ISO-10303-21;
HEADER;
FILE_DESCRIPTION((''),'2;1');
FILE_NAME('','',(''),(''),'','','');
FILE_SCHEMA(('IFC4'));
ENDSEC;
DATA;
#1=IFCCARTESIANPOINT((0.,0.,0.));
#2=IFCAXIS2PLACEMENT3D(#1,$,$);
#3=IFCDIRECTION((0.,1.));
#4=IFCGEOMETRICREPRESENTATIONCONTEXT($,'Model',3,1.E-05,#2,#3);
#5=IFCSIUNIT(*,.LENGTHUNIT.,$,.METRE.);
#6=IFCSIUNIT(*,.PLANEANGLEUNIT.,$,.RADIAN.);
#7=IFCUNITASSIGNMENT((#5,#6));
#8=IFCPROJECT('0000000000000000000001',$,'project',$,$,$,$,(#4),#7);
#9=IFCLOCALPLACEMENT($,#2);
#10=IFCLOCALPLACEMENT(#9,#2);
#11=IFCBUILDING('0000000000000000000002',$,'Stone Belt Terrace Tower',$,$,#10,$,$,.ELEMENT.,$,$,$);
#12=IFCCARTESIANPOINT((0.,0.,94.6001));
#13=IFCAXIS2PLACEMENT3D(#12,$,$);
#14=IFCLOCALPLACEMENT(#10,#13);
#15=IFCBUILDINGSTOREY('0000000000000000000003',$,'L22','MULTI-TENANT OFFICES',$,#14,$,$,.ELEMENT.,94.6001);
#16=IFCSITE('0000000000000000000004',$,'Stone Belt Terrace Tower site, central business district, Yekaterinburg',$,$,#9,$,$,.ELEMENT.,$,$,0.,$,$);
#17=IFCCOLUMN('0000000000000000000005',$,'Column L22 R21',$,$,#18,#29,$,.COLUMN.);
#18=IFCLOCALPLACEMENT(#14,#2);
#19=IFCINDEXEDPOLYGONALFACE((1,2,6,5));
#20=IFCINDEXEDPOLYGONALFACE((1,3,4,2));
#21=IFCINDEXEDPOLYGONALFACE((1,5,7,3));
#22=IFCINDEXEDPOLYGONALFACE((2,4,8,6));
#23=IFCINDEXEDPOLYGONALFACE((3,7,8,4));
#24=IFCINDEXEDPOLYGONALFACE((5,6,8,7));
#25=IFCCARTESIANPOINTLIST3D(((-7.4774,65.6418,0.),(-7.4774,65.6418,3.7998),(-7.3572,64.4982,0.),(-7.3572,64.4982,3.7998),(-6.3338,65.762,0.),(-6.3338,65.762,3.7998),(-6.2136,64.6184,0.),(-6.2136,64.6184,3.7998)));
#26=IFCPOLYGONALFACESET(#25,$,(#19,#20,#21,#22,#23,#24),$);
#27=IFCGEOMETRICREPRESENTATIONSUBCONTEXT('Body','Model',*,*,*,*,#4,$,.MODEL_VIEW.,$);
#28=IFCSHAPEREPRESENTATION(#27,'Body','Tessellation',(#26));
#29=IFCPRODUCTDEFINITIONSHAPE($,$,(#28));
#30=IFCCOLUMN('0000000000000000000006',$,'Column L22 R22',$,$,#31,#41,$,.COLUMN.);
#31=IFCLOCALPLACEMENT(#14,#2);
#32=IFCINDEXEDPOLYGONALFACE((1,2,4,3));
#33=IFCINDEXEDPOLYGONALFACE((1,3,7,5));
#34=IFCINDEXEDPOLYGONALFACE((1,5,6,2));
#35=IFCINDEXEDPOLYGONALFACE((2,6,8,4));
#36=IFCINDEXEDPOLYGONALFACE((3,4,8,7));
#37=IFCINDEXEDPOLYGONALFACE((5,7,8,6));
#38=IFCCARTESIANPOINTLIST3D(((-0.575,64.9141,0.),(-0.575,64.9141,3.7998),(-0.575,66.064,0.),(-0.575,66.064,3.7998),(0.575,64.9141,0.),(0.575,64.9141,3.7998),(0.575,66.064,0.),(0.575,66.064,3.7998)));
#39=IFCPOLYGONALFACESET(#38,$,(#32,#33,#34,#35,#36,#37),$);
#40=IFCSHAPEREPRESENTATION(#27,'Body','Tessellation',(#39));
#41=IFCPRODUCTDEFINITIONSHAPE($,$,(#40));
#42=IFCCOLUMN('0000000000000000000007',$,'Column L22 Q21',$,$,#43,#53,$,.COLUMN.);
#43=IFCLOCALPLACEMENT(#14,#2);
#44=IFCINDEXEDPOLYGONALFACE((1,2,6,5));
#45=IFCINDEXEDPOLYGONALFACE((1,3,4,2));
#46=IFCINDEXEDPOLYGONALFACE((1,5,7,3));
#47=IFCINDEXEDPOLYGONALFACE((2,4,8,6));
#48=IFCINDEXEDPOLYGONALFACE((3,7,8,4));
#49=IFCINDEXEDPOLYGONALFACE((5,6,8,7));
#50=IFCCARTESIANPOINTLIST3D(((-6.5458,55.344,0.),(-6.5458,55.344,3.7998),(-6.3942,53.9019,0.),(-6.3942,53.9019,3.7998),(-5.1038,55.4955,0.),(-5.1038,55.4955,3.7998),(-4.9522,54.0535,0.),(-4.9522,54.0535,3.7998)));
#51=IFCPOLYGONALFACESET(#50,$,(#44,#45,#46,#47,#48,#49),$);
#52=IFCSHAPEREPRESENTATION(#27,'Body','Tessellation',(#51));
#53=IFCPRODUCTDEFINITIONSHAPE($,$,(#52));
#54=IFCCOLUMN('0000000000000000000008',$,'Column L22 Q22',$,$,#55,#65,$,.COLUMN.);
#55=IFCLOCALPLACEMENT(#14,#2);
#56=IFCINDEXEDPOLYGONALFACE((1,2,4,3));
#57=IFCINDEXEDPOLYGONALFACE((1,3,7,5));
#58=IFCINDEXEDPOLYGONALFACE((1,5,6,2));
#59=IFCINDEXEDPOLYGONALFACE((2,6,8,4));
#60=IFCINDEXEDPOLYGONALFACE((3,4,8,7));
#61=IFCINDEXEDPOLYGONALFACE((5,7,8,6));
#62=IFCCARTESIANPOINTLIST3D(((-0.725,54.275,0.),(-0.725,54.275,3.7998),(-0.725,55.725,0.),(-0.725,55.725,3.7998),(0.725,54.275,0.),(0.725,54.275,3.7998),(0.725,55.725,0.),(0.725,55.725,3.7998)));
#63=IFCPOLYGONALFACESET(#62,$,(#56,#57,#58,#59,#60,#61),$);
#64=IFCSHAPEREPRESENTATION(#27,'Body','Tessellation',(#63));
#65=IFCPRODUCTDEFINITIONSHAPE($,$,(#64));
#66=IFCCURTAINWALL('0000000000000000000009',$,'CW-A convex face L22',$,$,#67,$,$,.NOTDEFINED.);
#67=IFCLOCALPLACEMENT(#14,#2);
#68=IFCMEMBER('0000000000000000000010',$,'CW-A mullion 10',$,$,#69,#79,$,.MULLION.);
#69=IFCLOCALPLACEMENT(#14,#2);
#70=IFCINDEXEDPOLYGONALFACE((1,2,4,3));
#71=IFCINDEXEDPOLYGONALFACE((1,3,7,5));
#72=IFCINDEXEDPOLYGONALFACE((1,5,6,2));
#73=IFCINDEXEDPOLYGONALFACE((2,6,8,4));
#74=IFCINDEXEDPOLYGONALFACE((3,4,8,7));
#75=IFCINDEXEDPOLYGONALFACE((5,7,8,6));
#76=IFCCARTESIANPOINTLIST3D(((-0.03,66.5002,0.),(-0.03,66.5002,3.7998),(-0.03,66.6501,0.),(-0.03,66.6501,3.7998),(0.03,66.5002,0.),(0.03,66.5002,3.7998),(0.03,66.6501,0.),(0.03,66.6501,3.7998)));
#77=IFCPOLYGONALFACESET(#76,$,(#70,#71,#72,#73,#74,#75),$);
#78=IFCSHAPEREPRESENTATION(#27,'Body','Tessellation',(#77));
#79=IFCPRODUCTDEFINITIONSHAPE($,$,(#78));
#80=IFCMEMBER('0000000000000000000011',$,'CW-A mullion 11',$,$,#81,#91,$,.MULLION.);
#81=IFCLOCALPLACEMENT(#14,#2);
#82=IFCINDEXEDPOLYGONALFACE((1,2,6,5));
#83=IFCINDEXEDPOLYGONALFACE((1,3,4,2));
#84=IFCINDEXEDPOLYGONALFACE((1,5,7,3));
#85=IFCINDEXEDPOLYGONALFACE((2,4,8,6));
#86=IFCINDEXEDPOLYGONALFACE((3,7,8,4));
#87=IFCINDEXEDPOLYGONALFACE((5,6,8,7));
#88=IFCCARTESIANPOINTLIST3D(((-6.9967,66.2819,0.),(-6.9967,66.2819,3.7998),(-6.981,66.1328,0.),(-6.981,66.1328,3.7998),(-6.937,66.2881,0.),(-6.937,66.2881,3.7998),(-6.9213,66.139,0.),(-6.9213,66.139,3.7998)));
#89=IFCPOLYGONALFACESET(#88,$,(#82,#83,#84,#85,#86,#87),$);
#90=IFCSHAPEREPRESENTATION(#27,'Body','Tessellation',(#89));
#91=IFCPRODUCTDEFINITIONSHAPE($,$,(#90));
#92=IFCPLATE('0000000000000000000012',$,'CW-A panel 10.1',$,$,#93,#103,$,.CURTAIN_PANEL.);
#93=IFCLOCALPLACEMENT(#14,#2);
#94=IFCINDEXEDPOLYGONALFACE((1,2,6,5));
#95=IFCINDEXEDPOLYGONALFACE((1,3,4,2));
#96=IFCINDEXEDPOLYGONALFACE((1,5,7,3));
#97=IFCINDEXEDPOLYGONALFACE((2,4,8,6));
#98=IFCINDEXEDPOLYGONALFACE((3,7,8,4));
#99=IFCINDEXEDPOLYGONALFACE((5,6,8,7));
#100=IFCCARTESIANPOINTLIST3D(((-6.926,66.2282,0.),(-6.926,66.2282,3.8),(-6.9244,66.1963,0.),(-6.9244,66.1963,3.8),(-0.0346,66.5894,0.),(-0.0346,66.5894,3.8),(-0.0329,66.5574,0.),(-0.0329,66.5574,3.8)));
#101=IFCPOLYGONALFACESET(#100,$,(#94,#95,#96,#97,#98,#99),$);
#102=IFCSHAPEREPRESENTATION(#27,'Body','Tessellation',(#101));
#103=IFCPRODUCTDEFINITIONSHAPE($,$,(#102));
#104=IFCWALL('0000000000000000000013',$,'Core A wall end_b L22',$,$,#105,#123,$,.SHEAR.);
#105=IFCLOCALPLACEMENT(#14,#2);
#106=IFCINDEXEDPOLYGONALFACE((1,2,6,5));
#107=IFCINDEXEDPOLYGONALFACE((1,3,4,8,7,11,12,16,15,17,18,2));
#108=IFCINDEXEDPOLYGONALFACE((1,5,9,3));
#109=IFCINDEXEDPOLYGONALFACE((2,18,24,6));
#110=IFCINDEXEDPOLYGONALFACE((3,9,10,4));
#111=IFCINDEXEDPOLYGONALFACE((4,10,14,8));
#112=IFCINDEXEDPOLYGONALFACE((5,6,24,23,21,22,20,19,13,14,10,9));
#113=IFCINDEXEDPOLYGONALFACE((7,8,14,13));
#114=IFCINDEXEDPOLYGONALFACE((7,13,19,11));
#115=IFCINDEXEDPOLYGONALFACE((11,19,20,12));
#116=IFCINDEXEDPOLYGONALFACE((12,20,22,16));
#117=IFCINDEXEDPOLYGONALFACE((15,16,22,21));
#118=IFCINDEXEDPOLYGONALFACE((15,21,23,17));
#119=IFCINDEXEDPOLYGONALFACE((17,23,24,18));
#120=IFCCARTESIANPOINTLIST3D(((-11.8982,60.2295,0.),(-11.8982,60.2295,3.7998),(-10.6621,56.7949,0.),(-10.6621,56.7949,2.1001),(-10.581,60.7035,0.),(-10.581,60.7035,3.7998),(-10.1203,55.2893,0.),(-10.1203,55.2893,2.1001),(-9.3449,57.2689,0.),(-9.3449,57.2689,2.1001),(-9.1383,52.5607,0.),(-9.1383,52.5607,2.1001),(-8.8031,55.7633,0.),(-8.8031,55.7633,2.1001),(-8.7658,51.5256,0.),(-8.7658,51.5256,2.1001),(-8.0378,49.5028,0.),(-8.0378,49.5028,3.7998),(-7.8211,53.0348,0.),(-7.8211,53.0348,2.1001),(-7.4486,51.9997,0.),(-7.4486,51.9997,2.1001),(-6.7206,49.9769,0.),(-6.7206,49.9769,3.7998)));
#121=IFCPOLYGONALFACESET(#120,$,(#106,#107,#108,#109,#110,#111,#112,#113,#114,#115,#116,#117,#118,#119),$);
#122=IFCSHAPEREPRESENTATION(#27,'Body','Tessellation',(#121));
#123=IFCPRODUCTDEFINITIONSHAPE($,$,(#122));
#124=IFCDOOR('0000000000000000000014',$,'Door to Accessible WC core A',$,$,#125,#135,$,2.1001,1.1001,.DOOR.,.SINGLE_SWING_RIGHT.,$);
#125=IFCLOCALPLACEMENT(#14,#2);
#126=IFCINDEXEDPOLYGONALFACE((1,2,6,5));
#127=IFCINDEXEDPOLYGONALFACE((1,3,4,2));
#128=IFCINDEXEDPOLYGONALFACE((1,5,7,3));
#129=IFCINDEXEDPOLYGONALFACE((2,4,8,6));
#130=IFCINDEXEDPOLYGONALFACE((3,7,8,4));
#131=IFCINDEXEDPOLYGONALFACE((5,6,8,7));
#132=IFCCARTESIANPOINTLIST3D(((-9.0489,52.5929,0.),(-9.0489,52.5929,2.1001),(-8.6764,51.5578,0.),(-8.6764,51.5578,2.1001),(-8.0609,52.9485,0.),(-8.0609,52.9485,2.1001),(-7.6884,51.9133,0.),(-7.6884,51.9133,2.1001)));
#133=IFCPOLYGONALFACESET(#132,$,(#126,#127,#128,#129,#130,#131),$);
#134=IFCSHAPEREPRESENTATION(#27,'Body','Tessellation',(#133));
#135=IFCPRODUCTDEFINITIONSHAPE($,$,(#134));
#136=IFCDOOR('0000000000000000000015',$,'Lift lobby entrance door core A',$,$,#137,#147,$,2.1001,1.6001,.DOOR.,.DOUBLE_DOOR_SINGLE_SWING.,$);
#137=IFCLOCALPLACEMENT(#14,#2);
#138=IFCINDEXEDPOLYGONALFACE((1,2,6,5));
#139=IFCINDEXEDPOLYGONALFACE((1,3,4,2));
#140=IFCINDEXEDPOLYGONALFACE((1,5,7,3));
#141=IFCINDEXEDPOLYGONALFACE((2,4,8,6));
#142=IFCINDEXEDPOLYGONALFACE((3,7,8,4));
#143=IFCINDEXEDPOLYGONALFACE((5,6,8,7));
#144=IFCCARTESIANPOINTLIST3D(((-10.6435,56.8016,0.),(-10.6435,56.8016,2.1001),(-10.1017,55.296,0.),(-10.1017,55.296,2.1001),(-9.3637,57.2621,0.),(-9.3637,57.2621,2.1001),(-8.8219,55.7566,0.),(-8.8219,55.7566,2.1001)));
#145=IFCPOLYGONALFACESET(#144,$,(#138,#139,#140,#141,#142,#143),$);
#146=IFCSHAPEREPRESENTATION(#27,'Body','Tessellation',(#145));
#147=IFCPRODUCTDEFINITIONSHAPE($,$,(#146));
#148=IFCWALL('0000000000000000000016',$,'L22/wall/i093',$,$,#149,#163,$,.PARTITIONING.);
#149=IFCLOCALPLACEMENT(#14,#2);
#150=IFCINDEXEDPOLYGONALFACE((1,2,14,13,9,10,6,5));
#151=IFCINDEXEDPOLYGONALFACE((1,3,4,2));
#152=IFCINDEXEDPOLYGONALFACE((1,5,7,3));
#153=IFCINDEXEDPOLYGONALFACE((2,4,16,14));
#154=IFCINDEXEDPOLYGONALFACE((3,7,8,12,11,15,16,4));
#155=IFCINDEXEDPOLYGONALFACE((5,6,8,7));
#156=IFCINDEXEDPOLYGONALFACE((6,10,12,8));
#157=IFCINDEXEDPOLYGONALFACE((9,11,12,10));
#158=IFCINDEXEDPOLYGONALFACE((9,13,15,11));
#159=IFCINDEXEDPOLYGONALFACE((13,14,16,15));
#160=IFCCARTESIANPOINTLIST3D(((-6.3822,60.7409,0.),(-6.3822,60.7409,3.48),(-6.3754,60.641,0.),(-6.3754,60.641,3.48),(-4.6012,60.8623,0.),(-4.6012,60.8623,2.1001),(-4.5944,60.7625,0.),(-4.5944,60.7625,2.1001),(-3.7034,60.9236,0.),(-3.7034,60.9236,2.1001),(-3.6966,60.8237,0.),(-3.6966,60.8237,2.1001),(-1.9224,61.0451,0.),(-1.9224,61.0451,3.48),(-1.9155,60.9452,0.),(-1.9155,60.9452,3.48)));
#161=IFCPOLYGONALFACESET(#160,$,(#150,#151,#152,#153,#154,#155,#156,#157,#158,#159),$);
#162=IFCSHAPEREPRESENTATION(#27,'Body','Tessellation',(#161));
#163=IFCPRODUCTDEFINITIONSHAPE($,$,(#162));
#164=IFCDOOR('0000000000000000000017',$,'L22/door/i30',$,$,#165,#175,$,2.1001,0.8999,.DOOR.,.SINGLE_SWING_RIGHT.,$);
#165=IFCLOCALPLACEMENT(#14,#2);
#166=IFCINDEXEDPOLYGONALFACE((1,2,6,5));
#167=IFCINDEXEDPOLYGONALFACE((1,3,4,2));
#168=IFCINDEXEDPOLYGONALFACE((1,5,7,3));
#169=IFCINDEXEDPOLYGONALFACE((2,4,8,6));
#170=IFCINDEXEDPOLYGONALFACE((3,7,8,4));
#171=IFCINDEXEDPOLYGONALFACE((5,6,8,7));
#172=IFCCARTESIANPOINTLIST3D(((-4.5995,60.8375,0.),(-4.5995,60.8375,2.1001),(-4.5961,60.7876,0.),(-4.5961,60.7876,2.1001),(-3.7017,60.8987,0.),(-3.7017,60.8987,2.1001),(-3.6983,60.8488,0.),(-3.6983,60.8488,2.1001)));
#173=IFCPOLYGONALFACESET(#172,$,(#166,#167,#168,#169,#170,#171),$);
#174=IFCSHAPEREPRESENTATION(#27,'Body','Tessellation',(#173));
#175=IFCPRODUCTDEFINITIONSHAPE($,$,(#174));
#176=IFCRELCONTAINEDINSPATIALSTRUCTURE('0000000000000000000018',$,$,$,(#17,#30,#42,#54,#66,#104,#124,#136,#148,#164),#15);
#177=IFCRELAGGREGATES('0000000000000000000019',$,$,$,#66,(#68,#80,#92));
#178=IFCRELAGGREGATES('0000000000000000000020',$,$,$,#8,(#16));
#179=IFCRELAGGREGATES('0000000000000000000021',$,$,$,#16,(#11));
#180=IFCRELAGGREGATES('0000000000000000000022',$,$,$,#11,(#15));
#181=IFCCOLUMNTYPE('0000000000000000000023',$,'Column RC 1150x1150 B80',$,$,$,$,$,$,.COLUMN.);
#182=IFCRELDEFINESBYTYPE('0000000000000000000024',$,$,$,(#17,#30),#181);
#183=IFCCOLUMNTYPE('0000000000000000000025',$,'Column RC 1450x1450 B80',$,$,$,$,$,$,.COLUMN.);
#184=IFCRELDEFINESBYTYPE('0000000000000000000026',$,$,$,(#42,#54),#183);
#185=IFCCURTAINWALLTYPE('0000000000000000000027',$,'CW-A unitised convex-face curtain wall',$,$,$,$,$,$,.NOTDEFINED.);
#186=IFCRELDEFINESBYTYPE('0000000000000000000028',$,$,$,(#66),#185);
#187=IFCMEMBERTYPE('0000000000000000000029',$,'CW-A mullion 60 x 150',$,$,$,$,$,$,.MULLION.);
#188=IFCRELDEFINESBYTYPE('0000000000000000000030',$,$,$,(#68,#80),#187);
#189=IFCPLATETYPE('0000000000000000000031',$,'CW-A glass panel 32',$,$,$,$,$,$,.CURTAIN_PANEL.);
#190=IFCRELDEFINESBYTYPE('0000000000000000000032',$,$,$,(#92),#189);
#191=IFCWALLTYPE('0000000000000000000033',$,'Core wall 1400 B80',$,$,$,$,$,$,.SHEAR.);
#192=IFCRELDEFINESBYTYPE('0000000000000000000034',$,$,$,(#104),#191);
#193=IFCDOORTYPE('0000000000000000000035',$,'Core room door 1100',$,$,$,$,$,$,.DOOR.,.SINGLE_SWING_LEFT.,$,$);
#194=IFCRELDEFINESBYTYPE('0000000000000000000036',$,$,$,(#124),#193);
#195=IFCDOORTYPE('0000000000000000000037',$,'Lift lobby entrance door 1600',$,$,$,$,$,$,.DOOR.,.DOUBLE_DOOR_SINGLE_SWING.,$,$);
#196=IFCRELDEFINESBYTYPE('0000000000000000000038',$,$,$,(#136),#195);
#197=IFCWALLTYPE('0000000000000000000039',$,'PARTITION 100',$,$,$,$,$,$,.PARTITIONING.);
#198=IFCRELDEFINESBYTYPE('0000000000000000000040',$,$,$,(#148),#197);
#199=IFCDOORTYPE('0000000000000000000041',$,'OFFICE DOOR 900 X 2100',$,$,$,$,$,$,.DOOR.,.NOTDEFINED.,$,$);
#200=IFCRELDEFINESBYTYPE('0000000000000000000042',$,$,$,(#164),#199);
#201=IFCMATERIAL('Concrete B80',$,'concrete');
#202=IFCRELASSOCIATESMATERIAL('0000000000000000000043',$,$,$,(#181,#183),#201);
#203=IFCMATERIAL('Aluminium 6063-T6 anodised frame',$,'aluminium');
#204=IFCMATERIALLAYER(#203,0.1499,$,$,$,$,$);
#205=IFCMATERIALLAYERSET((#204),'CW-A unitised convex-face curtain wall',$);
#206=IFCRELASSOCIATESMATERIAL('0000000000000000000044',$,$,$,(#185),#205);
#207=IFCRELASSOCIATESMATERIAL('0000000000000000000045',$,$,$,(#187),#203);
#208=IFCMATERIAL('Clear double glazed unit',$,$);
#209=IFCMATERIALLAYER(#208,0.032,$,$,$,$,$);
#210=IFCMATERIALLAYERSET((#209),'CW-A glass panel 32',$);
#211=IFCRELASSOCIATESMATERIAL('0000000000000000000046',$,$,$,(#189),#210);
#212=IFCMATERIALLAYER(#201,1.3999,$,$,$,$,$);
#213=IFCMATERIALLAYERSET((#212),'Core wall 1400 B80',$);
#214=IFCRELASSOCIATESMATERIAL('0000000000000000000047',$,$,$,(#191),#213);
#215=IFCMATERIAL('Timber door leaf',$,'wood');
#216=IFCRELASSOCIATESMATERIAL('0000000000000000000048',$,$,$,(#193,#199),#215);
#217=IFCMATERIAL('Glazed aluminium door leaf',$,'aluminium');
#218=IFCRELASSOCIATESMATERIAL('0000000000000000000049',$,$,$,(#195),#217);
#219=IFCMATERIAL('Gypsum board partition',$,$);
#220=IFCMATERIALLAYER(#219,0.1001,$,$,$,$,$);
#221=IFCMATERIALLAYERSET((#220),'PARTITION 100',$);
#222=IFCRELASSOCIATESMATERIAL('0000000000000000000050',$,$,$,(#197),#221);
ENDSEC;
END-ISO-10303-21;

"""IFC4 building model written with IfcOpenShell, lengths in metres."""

from ifc_helpers import new_model, si_unit, direction, frame, frame_2d, origin, origin_2d, place, context, subcontext, project, spatial, rectangle, extrude, material, layer, layer_set, material_profile, profile_set, type_object, element, fill, aggregate, save


model = new_model("IFC4")

# Units and contexts
model_context = context("Model", 3, precision=1e-05, world=origin(), true_north=direction((0.0, 1.0)))
body_context = subcontext(model_context, "Body", "Model", "MODEL_VIEW")
ifc_project = project(units=[si_unit("LENGTHUNIT", "METRE"), si_unit("PLANEANGLEUNIT", "RADIAN")], contexts=[model_context])

# Site, building, storey
site_placement = place(None, origin())
site = spatial("IfcSite", under=ifc_project, at=site_placement, Name="Stone Belt Terrace Tower site, central business district, Yekaterinburg", CompositionType="ELEMENT", RefElevation=0.0)
building_placement = place(site_placement, origin())
building = spatial("IfcBuilding", under=site, at=building_placement, Name="Stone Belt Terrace Tower", CompositionType="ELEMENT")
storey_placement = place(building_placement, frame((0.0, 0.0, 94.6001)))
storey = spatial("IfcBuildingStorey", under=building, at=storey_placement, Name="L22", Description="MULTI-TENANT OFFICES", CompositionType="ELEMENT", Elevation=94.6001)

# Columns
ifc_material_1 = material(Name="Concrete B80", Category="concrete")
ifc_material_profile_1 = material_profile(ifc_material_1, rectangle(XDim=1.1499, YDim=1.1499, at=origin_2d()), Name="RC 1150x1150")
ifc_profile_set_1 = profile_set([ifc_material_profile_1], Name="Concrete B80")
column_type_1 = type_object("IfcColumnType", Name="Column RC 1150x1150 B80", PredefinedType="COLUMN", material=ifc_profile_set_1)
for number, where, z_axis, x_axis, name in (
    (1, (-6.8455, 65.1301, 0.0), (0.0, 0.0, 1.0), (0.994522, 0.104528, 0.0), "Column L22 R21"),
    (2, (0.0, 65.489, 0.0), (0.0, 0.0, 1.0), (1.0, 0.0, 0.0), "Column L22 R22"),
):
    element("IfcColumn", number, at=place(storey_placement, frame(where, z_axis=z_axis, x_axis=x_axis)), inside=storey, type_object=column_type_1, Name=name, PredefinedType="COLUMN", context=body_context, shape_type="SweptSolid", body=[
        extrude(rectangle(XDim=1.1499, YDim=1.1499, at=origin_2d()), origin(), (0.0, 0.0, 1.0), 3.7998),
    ])
ifc_material_profile_2 = material_profile(ifc_material_1, rectangle(XDim=1.45, YDim=1.45, at=origin_2d()), Name="RC 1450x1450")
ifc_profile_set_2 = profile_set([ifc_material_profile_2], Name="Concrete B80")
column_type_2 = type_object("IfcColumnType", Name="Column RC 1450x1450 B80", PredefinedType="COLUMN", material=ifc_profile_set_2)
for number, where, z_axis, x_axis, name in (
    (3, (-5.749, 54.6987, 0.0), (0.0, 0.0, 1.0), (0.994522, 0.104528, 0.0), "Column L22 Q21"),
    (4, (0.0, 55.0, 0.0), (0.0, 0.0, 1.0), (1.0, 0.0, 0.0), "Column L22 Q22"),
):
    element("IfcColumn", number, at=place(storey_placement, frame(where, z_axis=z_axis, x_axis=x_axis)), inside=storey, type_object=column_type_2, Name=name, PredefinedType="COLUMN", context=body_context, shape_type="SweptSolid", body=[
        extrude(rectangle(XDim=1.45, YDim=1.45, at=origin_2d()), origin(), (0.0, 0.0, 1.0), 3.7998),
    ])

# Curtain wall, members, plate
ifc_material_2 = material(Name="Aluminium 6063-T6 anodised frame", Category="aluminium")
ifc_layer_1 = layer(ifc_material_2, 0.1499)
ifc_layer_set_1 = layer_set([ifc_layer_1], Name="CW-A unitised convex-face curtain wall")
curtain_wall_type = type_object("IfcCurtainWallType", Name="CW-A unitised convex-face curtain wall", PredefinedType="NOTDEFINED", material=ifc_layer_set_1)
curtain_wall_placement = place(storey_placement, origin())
curtain_wall = element("IfcCurtainWall", 5, at=curtain_wall_placement, inside=storey, type_object=curtain_wall_type, Name="CW-A convex face L22", PredefinedType="NOTDEFINED")
ifc_material_profile_3 = material_profile(ifc_material_2, rectangle(XDim=0.1499, YDim=0.0601, at=origin_2d()), Name="Aluminium 6063-T6 60x150")
ifc_profile_set_3 = profile_set([ifc_material_profile_3], Name="Aluminium 6063-T6 anodised frame")
member_type = type_object("IfcMemberType", Name="CW-A mullion 60 x 150", PredefinedType="MULLION", material=ifc_profile_set_3)
member_1_placement = place(storey_placement, frame((0.0, 66.5752, 0.0), z_axis=(0.0, 0.0, 1.0), x_axis=(0.0, -1.0, 0.0)))
member_1 = element("IfcMember", 6, at=member_1_placement, type_object=member_type, Name="CW-A mullion 10", PredefinedType="MULLION", context=body_context, shape_type="SweptSolid", body=[
    extrude(rectangle(XDim=0.1499, YDim=0.0601, at=origin_2d()), origin(), (0.0, 0.0, 1.0), 3.7998),
])
member_2_placement = place(storey_placement, frame((-6.959, 66.2104, 0.0), z_axis=(0.0, 0.0, 1.0), x_axis=(0.104528, -0.994522, 0.0)))
member_2 = element("IfcMember", 7, at=member_2_placement, type_object=member_type, Name="CW-A mullion 11", PredefinedType="MULLION", context=body_context, shape_type="SweptSolid", body=[
    extrude(rectangle(XDim=0.1499, YDim=0.0601, at=origin_2d()), origin(), (0.0, 0.0, 1.0), 3.7998),
])
ifc_material_3 = material(Name="Clear double glazed unit")
ifc_layer_2 = layer(ifc_material_3, 0.032)
ifc_layer_set_2 = layer_set([ifc_layer_2], Name="CW-A glass panel 32")
plate_type = type_object("IfcPlateType", Name="CW-A glass panel 32", PredefinedType="CURTAIN_PANEL", material=ifc_layer_set_2)
plate_placement = place(storey_placement, frame((-3.4795, 66.3928, 0.0), z_axis=(0.0, 0.0, 1.0), x_axis=(-0.99863, -0.052336, 0.0)))
plate = element("IfcPlate", 8, at=plate_placement, type_object=plate_type, Name="CW-A panel 10.1", PredefinedType="CURTAIN_PANEL", context=body_context, shape_type="SweptSolid", body=[
    extrude(rectangle(XDim=6.9009, YDim=0.032, at=origin_2d()), origin(), (0.0, 0.0, 1.0), 3.8),
])
aggregate(curtain_wall, [member_1, member_2, plate])

# Wall, openings, doors
ifc_layer_3 = layer(ifc_material_1, 1.3999)
ifc_layer_set_3 = layer_set([ifc_layer_3], Name="Core wall 1400 B80")
wall_type_1 = type_object("IfcWallType", Name="Core wall 1400 B80", PredefinedType="SHEAR", material=ifc_layer_set_3)
wall_1_placement = place(storey_placement, frame((-7.3792, 49.7397, 0.0), z_axis=(0.0, 0.0, 1.0), x_axis=(-0.338625, 0.940921, 0.0)))
wall_1 = element("IfcWall", 9, at=wall_1_placement, inside=storey, type_object=wall_type_1, Name="Core A wall end_b L22", PredefinedType="SHEAR", context=body_context, shape_type="SweptSolid", body=[
    extrude(rectangle(XDim=11.4001, YDim=1.3999, at=frame_2d((5.7002, 0.0))), origin(), (0.0, 0.0, 1.0), 3.7998),
])
opening_1_placement = place(wall_1_placement, frame((6.1499, 0.0, 0.0)))
opening_1 = element("IfcOpeningElement", 10, at=opening_1_placement, cuts=wall_1, PredefinedType="OPENING", context=body_context, shape_type="SweptSolid", body=[
    extrude(rectangle(XDim=1.6001, YDim=2.1001, at=frame_2d((0.8, 1.05))), frame((0.0, 0.71, 0.0), z_axis=(0.0, -1.0, 0.0), x_axis=(1.0, 0.0, 0.0)), (0.0, 0.0, 1.0), 1.4199),
])
opening_2_placement = place(wall_1_placement, frame((2.1499, 0.0, 0.0)))
opening_2 = element("IfcOpeningElement", 11, at=opening_2_placement, cuts=wall_1, PredefinedType="OPENING", context=body_context, shape_type="SweptSolid", body=[
    extrude(rectangle(XDim=1.1001, YDim=2.1001, at=frame_2d((0.55, 1.05))), frame((0.0, 0.71, 0.0), z_axis=(0.0, -1.0, 0.0), x_axis=(1.0, 0.0, 0.0)), (0.0, 0.0, 1.0), 1.4199),
])
ifc_material_4 = material(Name="Timber door leaf", Category="wood")
door_type_1 = type_object("IfcDoorType", Name="Core room door 1100", OperationType="SINGLE_SWING_LEFT", PredefinedType="DOOR", material=ifc_material_4)
door_1_placement = place(opening_2_placement, origin())
door_1 = element("IfcDoor", 12, at=door_1_placement, inside=storey, type_object=door_type_1, Name="Door to Accessible WC core A", OperationType="SINGLE_SWING_RIGHT", OverallHeight=2.1001, OverallWidth=1.1001, PredefinedType="DOOR", context=body_context, shape_type="SweptSolid", body=[
    extrude(rectangle(XDim=1.1001, YDim=2.1001, at=frame_2d((0.55, 1.05))), frame((0.0, 0.605, 0.0), z_axis=(0.0, -1.0, 0.0), x_axis=(1.0, 0.0, 0.0)), (0.0, 0.0, 1.0), 1.05),
])
fill(opening_2, door_1)
ifc_material_5 = material(Name="Glazed aluminium door leaf", Category="aluminium")
door_type_2 = type_object("IfcDoorType", Name="Lift lobby entrance door 1600", OperationType="DOUBLE_DOOR_SINGLE_SWING", PredefinedType="DOOR", material=ifc_material_5)
door_2_placement = place(opening_1_placement, origin())
door_2 = element("IfcDoor", 13, at=door_2_placement, inside=storey, type_object=door_type_2, Name="Lift lobby entrance door core A", OperationType="DOUBLE_DOOR_SINGLE_SWING", OverallHeight=2.1001, OverallWidth=1.6001, PredefinedType="DOOR", context=body_context, shape_type="SweptSolid", body=[
    extrude(rectangle(XDim=1.6001, YDim=2.1001, at=frame_2d((0.8, 1.05))), frame((0.0, 0.6802, 0.0), z_axis=(0.0, -1.0, 0.0), x_axis=(1.0, 0.0, 0.0)), (0.0, 0.0, 1.0), 1.3601),
])
fill(opening_1, door_2)

# Wall, opening, door
ifc_material_6 = material(Name="Gypsum board partition")
ifc_layer_4 = layer(ifc_material_6, 0.1001)
ifc_layer_set_4 = layer_set([ifc_layer_4], Name="PARTITION 100")
wall_type_2 = type_object("IfcWallType", Name="PARTITION 100", PredefinedType="PARTITIONING", material=ifc_layer_set_4)
wall_2_placement = place(storey_placement, frame((-1.9189, 60.9951, 0.0), z_axis=(0.0, 0.0, 1.0), x_axis=(-0.997682, -0.068049, 0.0)))
wall_2 = element("IfcWall", 14, at=wall_2_placement, inside=storey, type_object=wall_type_2, Name="L22/wall/i093", PredefinedType="PARTITIONING", context=body_context, shape_type="SweptSolid", body=[
    extrude(rectangle(XDim=4.4702, YDim=0.1001, at=frame_2d((2.2351, 0.0))), origin(), (0.0, 0.0, 1.0), 3.48),
])
opening_3_placement = place(wall_2_placement, frame((1.7852, 0.0, 0.0)))
opening_3 = element("IfcOpeningElement", 15, at=opening_3_placement, cuts=wall_2, PredefinedType="OPENING", context=body_context, shape_type="SweptSolid", body=[
    extrude(rectangle(XDim=0.8999, YDim=2.1001, at=frame_2d((0.45, 1.05))), frame((0.0, 0.0601, 0.0), z_axis=(0.0, -1.0, 0.0), x_axis=(1.0, 0.0, 0.0)), (0.0, 0.0, 1.0), 0.1201),
])
door_type_3 = type_object("IfcDoorType", Name="OFFICE DOOR 900 X 2100", OperationType="NOTDEFINED", PredefinedType="DOOR", material=ifc_material_4)
door_3_placement = place(opening_3_placement, origin())
door_3 = element("IfcDoor", 16, at=door_3_placement, inside=storey, type_object=door_type_3, Name="L22/door/i30", OperationType="SINGLE_SWING_RIGHT", OverallHeight=2.1001, OverallWidth=0.8999, PredefinedType="DOOR", context=body_context, shape_type="SweptSolid", body=[
    extrude(rectangle(XDim=0.8999, YDim=2.1001, at=frame_2d((0.45, 1.05))), frame((0.0, 0.0249, 0.0), z_axis=(0.0, -1.0, 0.0), x_axis=(1.0, 0.0, 0.0)), (0.0, 0.0, 1.0), 0.05),
])
fill(opening_3, door_3)

save(model, "model.ifc")
